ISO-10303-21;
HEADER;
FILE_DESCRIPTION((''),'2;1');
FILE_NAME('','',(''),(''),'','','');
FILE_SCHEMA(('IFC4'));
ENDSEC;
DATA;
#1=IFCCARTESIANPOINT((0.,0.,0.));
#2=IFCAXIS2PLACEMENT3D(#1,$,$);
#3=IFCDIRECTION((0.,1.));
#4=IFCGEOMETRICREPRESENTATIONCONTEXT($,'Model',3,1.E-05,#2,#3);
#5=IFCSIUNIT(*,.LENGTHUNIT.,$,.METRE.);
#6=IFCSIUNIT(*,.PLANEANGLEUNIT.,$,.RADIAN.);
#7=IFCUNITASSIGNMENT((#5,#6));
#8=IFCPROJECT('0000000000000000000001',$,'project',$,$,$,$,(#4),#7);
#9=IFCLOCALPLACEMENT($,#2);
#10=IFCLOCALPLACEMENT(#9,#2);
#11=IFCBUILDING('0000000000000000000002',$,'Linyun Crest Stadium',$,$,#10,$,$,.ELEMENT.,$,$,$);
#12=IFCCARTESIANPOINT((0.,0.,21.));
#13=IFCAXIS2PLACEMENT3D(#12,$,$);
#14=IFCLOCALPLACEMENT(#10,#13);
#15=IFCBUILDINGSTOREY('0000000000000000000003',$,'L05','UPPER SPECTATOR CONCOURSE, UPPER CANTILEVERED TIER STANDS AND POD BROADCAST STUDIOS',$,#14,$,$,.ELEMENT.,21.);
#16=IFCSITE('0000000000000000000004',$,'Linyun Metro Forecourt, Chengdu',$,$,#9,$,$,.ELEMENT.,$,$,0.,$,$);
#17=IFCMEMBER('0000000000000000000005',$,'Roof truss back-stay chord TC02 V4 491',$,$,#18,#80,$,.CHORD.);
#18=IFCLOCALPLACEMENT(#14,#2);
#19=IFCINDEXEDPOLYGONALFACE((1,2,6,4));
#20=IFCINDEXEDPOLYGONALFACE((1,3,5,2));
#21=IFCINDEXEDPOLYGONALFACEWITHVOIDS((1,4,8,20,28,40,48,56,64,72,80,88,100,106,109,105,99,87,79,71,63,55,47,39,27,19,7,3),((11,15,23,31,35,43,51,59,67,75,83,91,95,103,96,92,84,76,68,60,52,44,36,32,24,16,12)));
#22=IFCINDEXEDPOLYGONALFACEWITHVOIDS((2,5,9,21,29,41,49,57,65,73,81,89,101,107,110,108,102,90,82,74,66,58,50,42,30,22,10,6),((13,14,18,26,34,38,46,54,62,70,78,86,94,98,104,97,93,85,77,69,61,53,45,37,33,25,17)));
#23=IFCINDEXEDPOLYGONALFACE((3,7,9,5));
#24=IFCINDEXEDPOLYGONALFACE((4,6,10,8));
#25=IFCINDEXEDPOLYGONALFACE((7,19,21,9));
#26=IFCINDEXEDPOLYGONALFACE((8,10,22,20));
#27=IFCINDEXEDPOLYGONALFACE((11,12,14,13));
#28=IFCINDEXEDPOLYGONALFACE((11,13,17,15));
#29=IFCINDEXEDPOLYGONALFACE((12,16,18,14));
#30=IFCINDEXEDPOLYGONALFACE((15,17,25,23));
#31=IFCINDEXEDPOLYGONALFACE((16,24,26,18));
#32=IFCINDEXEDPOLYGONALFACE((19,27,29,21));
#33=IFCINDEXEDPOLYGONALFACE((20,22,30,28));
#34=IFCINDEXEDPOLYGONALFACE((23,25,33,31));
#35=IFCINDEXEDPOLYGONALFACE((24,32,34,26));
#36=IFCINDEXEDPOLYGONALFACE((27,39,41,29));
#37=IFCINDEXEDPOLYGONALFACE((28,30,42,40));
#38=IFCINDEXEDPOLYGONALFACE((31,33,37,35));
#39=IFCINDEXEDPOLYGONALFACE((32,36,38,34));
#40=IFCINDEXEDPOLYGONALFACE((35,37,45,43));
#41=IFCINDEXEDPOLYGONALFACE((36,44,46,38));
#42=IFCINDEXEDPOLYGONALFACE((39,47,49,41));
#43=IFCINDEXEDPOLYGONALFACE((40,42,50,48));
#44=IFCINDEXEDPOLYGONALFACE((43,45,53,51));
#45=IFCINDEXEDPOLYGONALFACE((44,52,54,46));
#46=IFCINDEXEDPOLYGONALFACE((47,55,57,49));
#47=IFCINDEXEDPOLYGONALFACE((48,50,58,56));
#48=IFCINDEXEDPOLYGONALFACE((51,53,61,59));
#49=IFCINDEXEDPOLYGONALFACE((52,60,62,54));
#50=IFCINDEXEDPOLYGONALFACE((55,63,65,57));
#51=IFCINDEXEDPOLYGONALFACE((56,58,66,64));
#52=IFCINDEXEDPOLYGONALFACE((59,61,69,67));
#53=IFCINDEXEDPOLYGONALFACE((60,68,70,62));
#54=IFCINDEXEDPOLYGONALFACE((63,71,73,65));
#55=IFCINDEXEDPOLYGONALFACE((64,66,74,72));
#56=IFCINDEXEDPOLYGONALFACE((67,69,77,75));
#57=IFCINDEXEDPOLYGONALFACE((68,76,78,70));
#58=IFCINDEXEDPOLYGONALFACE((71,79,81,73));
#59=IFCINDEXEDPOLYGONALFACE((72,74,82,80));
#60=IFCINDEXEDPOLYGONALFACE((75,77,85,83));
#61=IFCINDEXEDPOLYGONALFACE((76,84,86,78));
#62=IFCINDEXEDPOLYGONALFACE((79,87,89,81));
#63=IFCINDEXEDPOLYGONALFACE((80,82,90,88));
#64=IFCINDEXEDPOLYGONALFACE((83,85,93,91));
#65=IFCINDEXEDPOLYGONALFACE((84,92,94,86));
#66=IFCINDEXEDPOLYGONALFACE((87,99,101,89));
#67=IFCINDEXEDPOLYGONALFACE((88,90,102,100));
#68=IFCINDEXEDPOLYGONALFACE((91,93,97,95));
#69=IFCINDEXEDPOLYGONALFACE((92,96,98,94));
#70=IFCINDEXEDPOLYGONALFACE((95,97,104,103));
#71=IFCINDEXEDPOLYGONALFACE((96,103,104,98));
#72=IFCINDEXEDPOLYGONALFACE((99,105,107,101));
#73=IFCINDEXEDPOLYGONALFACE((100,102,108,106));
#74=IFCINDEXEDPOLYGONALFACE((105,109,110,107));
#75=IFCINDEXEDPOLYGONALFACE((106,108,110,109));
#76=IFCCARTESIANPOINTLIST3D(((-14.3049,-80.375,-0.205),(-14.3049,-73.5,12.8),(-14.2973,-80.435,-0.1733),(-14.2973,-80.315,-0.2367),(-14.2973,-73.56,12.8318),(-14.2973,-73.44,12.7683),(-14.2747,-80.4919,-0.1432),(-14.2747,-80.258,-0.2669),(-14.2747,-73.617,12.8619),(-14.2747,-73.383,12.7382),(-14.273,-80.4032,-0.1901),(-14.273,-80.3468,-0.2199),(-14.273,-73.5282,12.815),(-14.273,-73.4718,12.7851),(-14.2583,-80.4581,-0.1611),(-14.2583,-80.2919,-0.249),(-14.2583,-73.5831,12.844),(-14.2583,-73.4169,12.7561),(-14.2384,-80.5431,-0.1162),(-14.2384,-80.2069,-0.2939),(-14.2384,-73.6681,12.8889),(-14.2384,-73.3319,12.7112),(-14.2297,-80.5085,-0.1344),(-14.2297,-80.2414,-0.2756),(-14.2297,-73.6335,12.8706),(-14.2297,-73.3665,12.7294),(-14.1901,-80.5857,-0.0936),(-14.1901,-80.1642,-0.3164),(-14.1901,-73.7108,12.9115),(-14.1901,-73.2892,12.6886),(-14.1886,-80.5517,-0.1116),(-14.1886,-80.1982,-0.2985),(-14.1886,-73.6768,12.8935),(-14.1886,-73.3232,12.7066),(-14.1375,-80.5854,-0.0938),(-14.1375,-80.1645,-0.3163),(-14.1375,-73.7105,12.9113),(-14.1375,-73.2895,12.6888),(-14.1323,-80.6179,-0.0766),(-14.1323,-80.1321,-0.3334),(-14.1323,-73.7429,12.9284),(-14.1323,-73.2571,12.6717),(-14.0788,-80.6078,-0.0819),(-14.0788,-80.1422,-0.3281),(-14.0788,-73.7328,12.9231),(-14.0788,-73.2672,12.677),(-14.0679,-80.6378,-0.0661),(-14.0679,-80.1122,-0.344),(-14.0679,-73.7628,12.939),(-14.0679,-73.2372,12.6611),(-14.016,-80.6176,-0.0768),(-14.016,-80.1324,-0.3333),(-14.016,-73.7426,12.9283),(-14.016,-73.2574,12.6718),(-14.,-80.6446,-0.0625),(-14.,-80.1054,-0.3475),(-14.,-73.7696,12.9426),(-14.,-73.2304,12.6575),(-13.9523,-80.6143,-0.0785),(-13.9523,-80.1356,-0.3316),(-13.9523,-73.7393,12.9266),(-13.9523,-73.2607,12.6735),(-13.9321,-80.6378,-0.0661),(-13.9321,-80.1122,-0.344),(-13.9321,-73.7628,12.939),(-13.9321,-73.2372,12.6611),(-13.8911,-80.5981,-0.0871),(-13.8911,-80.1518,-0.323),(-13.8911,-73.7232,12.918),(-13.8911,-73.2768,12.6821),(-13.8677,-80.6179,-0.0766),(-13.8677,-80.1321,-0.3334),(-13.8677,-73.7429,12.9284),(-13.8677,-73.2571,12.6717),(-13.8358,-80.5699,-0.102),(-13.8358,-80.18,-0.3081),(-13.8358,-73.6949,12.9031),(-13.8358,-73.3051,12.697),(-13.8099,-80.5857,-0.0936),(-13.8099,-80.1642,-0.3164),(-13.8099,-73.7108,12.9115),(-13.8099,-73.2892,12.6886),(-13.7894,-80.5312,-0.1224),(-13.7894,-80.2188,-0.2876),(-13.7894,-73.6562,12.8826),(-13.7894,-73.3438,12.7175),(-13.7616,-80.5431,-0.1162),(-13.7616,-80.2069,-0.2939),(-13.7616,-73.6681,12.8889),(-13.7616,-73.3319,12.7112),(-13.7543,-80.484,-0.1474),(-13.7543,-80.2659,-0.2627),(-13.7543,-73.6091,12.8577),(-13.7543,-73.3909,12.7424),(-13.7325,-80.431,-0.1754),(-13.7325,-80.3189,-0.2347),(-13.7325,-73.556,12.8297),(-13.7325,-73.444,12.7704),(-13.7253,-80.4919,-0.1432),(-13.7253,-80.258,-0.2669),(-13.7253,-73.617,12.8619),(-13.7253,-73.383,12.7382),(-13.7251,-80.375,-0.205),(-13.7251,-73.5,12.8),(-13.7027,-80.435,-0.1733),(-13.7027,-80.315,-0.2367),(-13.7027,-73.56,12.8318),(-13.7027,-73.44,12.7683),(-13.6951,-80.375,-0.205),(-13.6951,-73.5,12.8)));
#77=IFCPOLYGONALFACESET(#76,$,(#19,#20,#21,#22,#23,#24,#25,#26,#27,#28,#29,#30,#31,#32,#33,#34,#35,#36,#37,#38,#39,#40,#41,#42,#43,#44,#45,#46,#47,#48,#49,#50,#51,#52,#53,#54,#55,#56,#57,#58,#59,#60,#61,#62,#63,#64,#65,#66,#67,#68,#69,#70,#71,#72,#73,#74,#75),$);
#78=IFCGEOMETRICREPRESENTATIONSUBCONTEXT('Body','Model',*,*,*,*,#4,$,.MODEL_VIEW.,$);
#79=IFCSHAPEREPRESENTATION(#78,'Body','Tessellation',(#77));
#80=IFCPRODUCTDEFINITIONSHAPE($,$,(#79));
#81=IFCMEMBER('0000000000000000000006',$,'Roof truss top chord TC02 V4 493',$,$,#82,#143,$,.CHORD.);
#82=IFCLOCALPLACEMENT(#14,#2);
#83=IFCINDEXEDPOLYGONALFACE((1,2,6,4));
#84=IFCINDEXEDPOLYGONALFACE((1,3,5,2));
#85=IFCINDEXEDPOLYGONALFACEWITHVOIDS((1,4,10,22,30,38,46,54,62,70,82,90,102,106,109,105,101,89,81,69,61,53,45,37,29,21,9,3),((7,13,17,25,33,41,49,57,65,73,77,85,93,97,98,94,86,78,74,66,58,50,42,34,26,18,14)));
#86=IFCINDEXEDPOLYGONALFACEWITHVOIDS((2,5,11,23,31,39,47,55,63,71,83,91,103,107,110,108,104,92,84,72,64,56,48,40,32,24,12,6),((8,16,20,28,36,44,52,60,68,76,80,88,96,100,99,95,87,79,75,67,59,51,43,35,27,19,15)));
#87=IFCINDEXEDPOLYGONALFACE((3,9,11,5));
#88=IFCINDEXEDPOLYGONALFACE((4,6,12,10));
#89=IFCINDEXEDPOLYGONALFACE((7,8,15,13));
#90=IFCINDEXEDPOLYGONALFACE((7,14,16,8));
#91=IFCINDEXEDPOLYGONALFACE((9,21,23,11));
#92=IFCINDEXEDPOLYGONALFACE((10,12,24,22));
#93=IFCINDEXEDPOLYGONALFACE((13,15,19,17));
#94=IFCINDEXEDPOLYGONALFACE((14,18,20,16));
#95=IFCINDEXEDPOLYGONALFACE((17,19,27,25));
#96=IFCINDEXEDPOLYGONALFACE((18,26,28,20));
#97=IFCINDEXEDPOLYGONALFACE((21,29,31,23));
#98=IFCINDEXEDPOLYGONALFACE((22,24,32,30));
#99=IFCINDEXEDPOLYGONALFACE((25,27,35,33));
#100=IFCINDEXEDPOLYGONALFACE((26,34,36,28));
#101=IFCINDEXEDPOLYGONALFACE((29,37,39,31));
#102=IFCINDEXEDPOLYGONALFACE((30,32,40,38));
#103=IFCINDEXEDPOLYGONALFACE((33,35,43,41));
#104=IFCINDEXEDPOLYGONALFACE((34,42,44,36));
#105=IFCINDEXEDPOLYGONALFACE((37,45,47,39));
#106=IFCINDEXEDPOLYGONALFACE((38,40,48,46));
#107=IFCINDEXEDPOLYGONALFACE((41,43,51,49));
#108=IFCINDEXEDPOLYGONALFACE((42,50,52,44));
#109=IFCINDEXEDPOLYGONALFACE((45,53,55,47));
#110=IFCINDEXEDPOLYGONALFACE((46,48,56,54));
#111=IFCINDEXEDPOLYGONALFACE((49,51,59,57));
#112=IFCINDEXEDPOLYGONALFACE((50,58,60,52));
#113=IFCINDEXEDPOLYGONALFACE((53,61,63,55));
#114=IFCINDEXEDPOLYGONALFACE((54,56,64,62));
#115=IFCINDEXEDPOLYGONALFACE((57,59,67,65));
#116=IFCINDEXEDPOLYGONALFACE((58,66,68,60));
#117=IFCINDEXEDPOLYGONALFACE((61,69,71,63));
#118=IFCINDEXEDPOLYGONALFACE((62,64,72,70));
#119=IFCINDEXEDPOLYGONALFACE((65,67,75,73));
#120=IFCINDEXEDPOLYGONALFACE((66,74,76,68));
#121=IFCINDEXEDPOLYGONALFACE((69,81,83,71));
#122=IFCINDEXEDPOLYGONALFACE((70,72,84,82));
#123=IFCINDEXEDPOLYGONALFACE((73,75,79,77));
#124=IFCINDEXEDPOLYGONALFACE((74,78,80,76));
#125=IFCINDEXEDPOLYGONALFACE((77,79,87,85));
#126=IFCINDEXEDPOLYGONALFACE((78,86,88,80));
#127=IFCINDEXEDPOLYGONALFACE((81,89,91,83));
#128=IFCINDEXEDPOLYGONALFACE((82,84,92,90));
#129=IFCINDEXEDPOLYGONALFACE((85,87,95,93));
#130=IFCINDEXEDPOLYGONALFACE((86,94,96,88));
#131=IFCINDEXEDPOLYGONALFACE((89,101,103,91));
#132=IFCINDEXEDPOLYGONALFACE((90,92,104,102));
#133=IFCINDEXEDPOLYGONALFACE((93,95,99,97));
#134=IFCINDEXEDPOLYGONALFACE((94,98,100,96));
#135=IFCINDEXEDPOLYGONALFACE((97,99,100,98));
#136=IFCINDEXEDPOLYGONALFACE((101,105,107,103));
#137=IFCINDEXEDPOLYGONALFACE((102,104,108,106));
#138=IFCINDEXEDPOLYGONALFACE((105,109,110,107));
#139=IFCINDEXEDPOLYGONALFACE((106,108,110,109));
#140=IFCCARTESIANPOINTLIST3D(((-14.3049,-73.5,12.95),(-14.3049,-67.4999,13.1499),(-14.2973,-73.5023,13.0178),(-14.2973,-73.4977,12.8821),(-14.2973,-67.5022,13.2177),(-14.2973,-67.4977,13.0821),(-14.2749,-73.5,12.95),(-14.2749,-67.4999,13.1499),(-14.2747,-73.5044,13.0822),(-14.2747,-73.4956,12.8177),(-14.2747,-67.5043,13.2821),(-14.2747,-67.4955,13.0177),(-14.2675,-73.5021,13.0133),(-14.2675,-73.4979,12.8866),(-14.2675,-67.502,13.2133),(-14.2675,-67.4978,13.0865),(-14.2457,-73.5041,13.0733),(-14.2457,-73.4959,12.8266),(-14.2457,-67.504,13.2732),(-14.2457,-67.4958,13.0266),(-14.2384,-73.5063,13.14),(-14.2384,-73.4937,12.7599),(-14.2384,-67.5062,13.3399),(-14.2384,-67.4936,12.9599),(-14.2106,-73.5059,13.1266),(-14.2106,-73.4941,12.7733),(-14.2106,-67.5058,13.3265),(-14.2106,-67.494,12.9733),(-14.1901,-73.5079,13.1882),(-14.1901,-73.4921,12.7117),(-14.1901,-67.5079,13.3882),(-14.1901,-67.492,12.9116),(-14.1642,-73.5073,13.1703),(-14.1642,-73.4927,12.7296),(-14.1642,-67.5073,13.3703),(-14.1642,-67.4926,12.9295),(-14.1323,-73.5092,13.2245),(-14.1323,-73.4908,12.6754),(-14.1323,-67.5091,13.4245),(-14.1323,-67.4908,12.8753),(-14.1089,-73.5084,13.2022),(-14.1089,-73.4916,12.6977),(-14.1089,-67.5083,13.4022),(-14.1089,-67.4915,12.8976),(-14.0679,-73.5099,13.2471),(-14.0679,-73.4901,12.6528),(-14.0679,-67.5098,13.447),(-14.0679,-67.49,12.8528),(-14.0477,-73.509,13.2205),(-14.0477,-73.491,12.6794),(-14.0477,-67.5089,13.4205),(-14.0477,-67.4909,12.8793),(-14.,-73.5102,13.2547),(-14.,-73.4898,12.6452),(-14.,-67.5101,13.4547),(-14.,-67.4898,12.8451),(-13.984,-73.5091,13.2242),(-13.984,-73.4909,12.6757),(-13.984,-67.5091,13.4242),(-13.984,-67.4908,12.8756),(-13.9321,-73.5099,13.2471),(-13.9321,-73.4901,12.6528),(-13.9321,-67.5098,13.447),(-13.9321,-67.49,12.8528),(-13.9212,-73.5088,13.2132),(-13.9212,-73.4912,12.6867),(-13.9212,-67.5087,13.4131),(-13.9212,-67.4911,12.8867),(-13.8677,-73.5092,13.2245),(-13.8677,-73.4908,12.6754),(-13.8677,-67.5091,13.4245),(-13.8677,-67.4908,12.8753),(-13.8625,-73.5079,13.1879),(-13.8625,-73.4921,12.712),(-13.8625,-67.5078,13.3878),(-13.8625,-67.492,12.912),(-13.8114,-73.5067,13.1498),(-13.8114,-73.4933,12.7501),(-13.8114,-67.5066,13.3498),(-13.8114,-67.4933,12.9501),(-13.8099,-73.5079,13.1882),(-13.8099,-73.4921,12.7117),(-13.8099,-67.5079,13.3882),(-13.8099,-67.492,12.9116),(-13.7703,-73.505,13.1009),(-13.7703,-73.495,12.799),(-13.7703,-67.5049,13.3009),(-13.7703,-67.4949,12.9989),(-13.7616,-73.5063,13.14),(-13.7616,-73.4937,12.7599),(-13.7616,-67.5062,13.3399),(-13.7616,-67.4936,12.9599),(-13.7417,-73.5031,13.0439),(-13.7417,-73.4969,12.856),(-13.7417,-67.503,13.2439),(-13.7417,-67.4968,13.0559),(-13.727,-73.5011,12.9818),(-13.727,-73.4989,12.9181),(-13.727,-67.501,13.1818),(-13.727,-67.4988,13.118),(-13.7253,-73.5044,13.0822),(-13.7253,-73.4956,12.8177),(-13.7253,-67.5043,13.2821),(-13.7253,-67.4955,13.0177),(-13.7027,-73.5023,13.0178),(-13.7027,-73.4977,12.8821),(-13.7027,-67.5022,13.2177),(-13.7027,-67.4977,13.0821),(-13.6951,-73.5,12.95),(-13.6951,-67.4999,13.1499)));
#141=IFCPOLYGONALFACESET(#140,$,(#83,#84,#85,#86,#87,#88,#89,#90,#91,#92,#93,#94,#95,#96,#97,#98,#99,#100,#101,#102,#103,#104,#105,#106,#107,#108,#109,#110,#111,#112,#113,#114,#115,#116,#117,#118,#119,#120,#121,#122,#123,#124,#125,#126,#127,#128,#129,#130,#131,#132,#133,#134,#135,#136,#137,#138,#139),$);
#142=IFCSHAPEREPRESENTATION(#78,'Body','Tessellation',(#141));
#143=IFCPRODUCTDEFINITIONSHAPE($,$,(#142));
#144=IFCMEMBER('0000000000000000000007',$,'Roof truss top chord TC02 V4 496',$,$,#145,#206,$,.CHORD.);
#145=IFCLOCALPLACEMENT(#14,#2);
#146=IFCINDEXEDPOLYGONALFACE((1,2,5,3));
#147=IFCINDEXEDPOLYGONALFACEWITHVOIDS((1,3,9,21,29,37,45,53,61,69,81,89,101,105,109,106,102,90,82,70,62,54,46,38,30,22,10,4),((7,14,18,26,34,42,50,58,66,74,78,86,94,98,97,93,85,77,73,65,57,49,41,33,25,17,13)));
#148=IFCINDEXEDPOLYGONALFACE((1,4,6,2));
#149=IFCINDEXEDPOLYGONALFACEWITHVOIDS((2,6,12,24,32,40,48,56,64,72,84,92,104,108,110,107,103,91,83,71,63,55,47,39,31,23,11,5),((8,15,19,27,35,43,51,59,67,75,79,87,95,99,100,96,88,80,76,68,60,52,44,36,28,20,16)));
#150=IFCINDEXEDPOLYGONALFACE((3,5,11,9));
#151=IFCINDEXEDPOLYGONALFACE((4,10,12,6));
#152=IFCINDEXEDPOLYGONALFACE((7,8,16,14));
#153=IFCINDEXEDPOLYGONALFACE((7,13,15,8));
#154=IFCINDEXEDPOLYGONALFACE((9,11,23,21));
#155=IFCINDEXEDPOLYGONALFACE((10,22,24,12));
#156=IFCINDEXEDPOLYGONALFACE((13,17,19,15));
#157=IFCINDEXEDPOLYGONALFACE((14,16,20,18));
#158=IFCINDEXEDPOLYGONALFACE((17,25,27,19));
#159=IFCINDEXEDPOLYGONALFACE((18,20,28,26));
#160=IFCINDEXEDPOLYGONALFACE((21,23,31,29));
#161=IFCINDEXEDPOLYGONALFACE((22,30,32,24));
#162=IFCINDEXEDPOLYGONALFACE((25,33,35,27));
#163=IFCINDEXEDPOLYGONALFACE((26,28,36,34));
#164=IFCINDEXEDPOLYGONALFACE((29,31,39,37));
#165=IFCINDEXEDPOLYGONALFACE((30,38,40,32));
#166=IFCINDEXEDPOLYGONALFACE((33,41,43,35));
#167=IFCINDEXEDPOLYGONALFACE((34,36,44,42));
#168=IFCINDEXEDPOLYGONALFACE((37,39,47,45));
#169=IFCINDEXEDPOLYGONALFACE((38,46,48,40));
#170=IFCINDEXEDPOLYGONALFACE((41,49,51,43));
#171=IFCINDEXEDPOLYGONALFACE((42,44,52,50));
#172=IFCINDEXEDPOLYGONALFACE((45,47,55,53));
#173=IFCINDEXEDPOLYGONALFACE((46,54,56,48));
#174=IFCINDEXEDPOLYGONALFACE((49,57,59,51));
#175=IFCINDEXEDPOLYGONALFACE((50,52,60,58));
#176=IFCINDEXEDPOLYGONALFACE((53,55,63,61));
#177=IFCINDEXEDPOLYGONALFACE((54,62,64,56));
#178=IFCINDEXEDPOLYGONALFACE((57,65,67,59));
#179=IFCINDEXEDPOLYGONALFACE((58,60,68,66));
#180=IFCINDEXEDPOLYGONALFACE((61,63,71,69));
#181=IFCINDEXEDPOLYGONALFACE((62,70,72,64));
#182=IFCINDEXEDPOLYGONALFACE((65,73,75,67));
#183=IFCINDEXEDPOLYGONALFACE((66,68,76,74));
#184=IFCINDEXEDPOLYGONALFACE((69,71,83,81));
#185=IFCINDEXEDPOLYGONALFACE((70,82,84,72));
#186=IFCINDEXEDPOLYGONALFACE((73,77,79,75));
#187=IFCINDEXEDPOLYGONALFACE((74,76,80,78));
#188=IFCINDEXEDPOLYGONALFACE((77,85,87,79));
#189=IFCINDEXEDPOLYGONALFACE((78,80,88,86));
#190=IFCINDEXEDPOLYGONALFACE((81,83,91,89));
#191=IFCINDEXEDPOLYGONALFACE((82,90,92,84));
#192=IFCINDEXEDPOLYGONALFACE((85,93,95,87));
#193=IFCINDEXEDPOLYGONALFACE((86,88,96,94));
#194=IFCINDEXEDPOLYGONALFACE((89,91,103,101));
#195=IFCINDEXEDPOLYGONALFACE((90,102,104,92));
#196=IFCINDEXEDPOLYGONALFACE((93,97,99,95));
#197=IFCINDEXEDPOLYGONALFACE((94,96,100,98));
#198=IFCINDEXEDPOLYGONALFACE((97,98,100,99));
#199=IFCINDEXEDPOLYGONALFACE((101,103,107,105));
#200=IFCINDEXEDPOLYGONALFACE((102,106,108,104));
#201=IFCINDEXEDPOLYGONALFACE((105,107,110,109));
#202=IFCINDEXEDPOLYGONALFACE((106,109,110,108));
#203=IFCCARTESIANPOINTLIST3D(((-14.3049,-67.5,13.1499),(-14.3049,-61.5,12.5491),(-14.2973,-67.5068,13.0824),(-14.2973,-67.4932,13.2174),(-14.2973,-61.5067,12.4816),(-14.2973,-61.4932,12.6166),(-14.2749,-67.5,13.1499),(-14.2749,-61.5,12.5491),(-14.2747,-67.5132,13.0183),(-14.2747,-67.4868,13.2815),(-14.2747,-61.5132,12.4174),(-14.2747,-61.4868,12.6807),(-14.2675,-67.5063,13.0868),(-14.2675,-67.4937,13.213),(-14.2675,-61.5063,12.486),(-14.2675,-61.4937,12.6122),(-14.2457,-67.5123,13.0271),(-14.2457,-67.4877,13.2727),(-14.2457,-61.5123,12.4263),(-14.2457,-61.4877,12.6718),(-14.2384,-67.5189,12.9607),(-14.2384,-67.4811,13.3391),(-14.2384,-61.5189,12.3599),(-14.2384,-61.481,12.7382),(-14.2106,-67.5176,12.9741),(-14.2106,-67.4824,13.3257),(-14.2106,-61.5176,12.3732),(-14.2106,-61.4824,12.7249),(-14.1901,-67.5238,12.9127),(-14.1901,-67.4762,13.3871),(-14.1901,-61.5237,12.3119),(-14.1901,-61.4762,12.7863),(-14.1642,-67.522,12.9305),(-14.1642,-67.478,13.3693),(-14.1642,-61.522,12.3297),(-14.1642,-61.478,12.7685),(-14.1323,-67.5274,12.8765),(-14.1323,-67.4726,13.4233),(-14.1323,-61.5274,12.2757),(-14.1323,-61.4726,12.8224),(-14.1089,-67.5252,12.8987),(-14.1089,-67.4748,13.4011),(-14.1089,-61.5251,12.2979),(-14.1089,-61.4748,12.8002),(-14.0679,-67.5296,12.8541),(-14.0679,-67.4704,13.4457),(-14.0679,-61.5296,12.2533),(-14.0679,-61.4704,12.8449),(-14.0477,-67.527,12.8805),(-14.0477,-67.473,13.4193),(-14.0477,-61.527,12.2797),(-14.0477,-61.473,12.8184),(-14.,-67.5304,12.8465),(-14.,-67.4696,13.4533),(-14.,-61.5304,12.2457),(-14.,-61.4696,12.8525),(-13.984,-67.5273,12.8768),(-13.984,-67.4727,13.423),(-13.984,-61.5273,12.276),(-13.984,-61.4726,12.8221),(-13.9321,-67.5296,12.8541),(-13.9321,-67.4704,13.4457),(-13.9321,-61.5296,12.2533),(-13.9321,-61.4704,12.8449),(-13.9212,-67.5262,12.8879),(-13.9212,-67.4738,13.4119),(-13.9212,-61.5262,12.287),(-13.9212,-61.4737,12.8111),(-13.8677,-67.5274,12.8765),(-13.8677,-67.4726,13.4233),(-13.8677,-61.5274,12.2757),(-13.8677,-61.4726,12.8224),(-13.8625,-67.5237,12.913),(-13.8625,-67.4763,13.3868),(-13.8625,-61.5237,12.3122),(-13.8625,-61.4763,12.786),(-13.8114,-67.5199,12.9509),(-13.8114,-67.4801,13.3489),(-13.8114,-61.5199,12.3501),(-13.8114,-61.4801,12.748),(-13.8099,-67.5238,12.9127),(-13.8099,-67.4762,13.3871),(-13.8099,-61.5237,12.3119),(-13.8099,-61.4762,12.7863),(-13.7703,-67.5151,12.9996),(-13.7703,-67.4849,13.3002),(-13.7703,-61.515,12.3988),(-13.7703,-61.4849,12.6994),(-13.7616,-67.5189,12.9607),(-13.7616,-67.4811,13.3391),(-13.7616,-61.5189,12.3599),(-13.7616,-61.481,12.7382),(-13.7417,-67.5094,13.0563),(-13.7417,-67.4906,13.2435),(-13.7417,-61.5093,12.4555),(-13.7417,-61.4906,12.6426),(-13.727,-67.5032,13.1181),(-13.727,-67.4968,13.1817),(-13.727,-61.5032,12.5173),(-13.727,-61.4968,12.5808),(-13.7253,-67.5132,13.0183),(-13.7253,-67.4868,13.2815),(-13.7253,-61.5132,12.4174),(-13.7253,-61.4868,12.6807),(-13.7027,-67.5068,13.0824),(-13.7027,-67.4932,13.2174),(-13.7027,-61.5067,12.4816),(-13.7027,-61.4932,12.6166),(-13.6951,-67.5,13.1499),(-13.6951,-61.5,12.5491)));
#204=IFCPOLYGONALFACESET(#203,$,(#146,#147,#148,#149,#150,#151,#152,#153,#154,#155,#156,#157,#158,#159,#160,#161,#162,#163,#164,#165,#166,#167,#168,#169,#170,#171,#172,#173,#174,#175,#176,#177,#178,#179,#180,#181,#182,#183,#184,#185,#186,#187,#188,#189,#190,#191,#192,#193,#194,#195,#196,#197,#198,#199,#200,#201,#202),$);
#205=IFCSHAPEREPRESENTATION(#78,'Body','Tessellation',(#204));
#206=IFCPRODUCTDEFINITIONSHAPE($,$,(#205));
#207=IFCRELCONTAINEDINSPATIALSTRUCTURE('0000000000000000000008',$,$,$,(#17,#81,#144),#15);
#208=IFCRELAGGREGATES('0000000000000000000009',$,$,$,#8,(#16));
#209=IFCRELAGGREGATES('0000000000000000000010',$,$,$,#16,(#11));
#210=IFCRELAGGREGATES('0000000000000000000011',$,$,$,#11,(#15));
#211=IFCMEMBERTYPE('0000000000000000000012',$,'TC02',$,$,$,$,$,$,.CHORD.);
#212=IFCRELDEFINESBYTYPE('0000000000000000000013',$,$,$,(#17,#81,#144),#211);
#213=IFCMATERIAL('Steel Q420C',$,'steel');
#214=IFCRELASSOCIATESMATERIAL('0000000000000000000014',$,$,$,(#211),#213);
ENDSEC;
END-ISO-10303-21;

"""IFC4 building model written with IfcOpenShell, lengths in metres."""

from ifc_helpers import new_model, si_unit, direction, frame, origin, origin_2d, place, context, subcontext, project, spatial, hollow_circle, extrude, material, material_profile, profile_set, type_object, element, save


model = new_model("IFC4")

# Units and contexts
model_context = context("Model", 3, precision=1e-05, world=origin(), true_north=direction((0.0, 1.0)))
body_context = subcontext(model_context, "Body", "Model", "MODEL_VIEW")
ifc_project = project(units=[si_unit("LENGTHUNIT", "METRE"), si_unit("PLANEANGLEUNIT", "RADIAN")], contexts=[model_context])

# Site, building, storey
site_placement = place(None, origin())
site = spatial("IfcSite", under=ifc_project, at=site_placement, Name="Linyun Metro Forecourt, Chengdu", CompositionType="ELEMENT", RefElevation=0.0)
building_placement = place(site_placement, origin())
building = spatial("IfcBuilding", under=site, at=building_placement, Name="Linyun Crest Stadium", CompositionType="ELEMENT")
storey_placement = place(building_placement, frame((0.0, 0.0, 21.0)))
storey = spatial("IfcBuildingStorey", under=building, at=storey_placement, Name="L05", Description="UPPER SPECTATOR CONCOURSE, UPPER CANTILEVERED TIER STANDS AND POD BROADCAST STUDIOS", CompositionType="ELEMENT", Elevation=21.0)

# Members
ifc_material_1 = material(Name="Steel Q420C", Category="steel")
ifc_material_profile_1 = material_profile(ifc_material_1, hollow_circle(Radius=0.3049, WallThickness=0.03, at=origin_2d()), Name="CHS 610x30")
ifc_profile_set_1 = profile_set([ifc_material_profile_1], Name="Steel Q420C")
member_type_1 = type_object("IfcMemberType", Name="TC02", PredefinedType="CHORD", material=ifc_profile_set_1)
member_1_placement = place(storey_placement, frame((-14.0, -73.5, 12.8), z_axis=(0.0, -0.467353, -0.884071), x_axis=(1.0, 0.0, 0.0)))
element("IfcMember", 1, at=member_1_placement, inside=storey, type_object=member_type_1, Name="Roof truss back-stay chord TC02 V4 491", PredefinedType="CHORD", context=body_context, shape_type="SweptSolid", body=[
    extrude(hollow_circle(Radius=0.3049, WallThickness=0.03, at=origin_2d()), origin(), (0.0, 0.0, 1.0), 14.7104),
])
member_2_placement = place(storey_placement, frame((-14.0, -73.5, 12.95), z_axis=(0.0, 0.999445, 0.033307), x_axis=(-1.0, 0.0, 0.0)))
element("IfcMember", 2, at=member_2_placement, inside=storey, type_object=member_type_1, Name="Roof truss top chord TC02 V4 493", PredefinedType="CHORD", context=body_context, shape_type="SweptSolid", body=[
    extrude(hollow_circle(Radius=0.3049, WallThickness=0.03, at=origin_2d()), origin(), (0.0, 0.0, 1.0), 6.0034),
])
member_3_placement = place(storey_placement, frame((-14.0, -67.5, 13.1499), z_axis=(0.0, 0.995024, -0.09964), x_axis=(-1.0, 0.0, 0.0)))
element("IfcMember", 3, at=member_3_placement, inside=storey, type_object=member_type_1, Name="Roof truss top chord TC02 V4 496", PredefinedType="CHORD", context=body_context, shape_type="SweptSolid", body=[
    extrude(hollow_circle(Radius=0.3049, WallThickness=0.03, at=origin_2d()), origin(), (0.0, 0.0, 1.0), 6.03),
])

save(model, "model.ifc")
